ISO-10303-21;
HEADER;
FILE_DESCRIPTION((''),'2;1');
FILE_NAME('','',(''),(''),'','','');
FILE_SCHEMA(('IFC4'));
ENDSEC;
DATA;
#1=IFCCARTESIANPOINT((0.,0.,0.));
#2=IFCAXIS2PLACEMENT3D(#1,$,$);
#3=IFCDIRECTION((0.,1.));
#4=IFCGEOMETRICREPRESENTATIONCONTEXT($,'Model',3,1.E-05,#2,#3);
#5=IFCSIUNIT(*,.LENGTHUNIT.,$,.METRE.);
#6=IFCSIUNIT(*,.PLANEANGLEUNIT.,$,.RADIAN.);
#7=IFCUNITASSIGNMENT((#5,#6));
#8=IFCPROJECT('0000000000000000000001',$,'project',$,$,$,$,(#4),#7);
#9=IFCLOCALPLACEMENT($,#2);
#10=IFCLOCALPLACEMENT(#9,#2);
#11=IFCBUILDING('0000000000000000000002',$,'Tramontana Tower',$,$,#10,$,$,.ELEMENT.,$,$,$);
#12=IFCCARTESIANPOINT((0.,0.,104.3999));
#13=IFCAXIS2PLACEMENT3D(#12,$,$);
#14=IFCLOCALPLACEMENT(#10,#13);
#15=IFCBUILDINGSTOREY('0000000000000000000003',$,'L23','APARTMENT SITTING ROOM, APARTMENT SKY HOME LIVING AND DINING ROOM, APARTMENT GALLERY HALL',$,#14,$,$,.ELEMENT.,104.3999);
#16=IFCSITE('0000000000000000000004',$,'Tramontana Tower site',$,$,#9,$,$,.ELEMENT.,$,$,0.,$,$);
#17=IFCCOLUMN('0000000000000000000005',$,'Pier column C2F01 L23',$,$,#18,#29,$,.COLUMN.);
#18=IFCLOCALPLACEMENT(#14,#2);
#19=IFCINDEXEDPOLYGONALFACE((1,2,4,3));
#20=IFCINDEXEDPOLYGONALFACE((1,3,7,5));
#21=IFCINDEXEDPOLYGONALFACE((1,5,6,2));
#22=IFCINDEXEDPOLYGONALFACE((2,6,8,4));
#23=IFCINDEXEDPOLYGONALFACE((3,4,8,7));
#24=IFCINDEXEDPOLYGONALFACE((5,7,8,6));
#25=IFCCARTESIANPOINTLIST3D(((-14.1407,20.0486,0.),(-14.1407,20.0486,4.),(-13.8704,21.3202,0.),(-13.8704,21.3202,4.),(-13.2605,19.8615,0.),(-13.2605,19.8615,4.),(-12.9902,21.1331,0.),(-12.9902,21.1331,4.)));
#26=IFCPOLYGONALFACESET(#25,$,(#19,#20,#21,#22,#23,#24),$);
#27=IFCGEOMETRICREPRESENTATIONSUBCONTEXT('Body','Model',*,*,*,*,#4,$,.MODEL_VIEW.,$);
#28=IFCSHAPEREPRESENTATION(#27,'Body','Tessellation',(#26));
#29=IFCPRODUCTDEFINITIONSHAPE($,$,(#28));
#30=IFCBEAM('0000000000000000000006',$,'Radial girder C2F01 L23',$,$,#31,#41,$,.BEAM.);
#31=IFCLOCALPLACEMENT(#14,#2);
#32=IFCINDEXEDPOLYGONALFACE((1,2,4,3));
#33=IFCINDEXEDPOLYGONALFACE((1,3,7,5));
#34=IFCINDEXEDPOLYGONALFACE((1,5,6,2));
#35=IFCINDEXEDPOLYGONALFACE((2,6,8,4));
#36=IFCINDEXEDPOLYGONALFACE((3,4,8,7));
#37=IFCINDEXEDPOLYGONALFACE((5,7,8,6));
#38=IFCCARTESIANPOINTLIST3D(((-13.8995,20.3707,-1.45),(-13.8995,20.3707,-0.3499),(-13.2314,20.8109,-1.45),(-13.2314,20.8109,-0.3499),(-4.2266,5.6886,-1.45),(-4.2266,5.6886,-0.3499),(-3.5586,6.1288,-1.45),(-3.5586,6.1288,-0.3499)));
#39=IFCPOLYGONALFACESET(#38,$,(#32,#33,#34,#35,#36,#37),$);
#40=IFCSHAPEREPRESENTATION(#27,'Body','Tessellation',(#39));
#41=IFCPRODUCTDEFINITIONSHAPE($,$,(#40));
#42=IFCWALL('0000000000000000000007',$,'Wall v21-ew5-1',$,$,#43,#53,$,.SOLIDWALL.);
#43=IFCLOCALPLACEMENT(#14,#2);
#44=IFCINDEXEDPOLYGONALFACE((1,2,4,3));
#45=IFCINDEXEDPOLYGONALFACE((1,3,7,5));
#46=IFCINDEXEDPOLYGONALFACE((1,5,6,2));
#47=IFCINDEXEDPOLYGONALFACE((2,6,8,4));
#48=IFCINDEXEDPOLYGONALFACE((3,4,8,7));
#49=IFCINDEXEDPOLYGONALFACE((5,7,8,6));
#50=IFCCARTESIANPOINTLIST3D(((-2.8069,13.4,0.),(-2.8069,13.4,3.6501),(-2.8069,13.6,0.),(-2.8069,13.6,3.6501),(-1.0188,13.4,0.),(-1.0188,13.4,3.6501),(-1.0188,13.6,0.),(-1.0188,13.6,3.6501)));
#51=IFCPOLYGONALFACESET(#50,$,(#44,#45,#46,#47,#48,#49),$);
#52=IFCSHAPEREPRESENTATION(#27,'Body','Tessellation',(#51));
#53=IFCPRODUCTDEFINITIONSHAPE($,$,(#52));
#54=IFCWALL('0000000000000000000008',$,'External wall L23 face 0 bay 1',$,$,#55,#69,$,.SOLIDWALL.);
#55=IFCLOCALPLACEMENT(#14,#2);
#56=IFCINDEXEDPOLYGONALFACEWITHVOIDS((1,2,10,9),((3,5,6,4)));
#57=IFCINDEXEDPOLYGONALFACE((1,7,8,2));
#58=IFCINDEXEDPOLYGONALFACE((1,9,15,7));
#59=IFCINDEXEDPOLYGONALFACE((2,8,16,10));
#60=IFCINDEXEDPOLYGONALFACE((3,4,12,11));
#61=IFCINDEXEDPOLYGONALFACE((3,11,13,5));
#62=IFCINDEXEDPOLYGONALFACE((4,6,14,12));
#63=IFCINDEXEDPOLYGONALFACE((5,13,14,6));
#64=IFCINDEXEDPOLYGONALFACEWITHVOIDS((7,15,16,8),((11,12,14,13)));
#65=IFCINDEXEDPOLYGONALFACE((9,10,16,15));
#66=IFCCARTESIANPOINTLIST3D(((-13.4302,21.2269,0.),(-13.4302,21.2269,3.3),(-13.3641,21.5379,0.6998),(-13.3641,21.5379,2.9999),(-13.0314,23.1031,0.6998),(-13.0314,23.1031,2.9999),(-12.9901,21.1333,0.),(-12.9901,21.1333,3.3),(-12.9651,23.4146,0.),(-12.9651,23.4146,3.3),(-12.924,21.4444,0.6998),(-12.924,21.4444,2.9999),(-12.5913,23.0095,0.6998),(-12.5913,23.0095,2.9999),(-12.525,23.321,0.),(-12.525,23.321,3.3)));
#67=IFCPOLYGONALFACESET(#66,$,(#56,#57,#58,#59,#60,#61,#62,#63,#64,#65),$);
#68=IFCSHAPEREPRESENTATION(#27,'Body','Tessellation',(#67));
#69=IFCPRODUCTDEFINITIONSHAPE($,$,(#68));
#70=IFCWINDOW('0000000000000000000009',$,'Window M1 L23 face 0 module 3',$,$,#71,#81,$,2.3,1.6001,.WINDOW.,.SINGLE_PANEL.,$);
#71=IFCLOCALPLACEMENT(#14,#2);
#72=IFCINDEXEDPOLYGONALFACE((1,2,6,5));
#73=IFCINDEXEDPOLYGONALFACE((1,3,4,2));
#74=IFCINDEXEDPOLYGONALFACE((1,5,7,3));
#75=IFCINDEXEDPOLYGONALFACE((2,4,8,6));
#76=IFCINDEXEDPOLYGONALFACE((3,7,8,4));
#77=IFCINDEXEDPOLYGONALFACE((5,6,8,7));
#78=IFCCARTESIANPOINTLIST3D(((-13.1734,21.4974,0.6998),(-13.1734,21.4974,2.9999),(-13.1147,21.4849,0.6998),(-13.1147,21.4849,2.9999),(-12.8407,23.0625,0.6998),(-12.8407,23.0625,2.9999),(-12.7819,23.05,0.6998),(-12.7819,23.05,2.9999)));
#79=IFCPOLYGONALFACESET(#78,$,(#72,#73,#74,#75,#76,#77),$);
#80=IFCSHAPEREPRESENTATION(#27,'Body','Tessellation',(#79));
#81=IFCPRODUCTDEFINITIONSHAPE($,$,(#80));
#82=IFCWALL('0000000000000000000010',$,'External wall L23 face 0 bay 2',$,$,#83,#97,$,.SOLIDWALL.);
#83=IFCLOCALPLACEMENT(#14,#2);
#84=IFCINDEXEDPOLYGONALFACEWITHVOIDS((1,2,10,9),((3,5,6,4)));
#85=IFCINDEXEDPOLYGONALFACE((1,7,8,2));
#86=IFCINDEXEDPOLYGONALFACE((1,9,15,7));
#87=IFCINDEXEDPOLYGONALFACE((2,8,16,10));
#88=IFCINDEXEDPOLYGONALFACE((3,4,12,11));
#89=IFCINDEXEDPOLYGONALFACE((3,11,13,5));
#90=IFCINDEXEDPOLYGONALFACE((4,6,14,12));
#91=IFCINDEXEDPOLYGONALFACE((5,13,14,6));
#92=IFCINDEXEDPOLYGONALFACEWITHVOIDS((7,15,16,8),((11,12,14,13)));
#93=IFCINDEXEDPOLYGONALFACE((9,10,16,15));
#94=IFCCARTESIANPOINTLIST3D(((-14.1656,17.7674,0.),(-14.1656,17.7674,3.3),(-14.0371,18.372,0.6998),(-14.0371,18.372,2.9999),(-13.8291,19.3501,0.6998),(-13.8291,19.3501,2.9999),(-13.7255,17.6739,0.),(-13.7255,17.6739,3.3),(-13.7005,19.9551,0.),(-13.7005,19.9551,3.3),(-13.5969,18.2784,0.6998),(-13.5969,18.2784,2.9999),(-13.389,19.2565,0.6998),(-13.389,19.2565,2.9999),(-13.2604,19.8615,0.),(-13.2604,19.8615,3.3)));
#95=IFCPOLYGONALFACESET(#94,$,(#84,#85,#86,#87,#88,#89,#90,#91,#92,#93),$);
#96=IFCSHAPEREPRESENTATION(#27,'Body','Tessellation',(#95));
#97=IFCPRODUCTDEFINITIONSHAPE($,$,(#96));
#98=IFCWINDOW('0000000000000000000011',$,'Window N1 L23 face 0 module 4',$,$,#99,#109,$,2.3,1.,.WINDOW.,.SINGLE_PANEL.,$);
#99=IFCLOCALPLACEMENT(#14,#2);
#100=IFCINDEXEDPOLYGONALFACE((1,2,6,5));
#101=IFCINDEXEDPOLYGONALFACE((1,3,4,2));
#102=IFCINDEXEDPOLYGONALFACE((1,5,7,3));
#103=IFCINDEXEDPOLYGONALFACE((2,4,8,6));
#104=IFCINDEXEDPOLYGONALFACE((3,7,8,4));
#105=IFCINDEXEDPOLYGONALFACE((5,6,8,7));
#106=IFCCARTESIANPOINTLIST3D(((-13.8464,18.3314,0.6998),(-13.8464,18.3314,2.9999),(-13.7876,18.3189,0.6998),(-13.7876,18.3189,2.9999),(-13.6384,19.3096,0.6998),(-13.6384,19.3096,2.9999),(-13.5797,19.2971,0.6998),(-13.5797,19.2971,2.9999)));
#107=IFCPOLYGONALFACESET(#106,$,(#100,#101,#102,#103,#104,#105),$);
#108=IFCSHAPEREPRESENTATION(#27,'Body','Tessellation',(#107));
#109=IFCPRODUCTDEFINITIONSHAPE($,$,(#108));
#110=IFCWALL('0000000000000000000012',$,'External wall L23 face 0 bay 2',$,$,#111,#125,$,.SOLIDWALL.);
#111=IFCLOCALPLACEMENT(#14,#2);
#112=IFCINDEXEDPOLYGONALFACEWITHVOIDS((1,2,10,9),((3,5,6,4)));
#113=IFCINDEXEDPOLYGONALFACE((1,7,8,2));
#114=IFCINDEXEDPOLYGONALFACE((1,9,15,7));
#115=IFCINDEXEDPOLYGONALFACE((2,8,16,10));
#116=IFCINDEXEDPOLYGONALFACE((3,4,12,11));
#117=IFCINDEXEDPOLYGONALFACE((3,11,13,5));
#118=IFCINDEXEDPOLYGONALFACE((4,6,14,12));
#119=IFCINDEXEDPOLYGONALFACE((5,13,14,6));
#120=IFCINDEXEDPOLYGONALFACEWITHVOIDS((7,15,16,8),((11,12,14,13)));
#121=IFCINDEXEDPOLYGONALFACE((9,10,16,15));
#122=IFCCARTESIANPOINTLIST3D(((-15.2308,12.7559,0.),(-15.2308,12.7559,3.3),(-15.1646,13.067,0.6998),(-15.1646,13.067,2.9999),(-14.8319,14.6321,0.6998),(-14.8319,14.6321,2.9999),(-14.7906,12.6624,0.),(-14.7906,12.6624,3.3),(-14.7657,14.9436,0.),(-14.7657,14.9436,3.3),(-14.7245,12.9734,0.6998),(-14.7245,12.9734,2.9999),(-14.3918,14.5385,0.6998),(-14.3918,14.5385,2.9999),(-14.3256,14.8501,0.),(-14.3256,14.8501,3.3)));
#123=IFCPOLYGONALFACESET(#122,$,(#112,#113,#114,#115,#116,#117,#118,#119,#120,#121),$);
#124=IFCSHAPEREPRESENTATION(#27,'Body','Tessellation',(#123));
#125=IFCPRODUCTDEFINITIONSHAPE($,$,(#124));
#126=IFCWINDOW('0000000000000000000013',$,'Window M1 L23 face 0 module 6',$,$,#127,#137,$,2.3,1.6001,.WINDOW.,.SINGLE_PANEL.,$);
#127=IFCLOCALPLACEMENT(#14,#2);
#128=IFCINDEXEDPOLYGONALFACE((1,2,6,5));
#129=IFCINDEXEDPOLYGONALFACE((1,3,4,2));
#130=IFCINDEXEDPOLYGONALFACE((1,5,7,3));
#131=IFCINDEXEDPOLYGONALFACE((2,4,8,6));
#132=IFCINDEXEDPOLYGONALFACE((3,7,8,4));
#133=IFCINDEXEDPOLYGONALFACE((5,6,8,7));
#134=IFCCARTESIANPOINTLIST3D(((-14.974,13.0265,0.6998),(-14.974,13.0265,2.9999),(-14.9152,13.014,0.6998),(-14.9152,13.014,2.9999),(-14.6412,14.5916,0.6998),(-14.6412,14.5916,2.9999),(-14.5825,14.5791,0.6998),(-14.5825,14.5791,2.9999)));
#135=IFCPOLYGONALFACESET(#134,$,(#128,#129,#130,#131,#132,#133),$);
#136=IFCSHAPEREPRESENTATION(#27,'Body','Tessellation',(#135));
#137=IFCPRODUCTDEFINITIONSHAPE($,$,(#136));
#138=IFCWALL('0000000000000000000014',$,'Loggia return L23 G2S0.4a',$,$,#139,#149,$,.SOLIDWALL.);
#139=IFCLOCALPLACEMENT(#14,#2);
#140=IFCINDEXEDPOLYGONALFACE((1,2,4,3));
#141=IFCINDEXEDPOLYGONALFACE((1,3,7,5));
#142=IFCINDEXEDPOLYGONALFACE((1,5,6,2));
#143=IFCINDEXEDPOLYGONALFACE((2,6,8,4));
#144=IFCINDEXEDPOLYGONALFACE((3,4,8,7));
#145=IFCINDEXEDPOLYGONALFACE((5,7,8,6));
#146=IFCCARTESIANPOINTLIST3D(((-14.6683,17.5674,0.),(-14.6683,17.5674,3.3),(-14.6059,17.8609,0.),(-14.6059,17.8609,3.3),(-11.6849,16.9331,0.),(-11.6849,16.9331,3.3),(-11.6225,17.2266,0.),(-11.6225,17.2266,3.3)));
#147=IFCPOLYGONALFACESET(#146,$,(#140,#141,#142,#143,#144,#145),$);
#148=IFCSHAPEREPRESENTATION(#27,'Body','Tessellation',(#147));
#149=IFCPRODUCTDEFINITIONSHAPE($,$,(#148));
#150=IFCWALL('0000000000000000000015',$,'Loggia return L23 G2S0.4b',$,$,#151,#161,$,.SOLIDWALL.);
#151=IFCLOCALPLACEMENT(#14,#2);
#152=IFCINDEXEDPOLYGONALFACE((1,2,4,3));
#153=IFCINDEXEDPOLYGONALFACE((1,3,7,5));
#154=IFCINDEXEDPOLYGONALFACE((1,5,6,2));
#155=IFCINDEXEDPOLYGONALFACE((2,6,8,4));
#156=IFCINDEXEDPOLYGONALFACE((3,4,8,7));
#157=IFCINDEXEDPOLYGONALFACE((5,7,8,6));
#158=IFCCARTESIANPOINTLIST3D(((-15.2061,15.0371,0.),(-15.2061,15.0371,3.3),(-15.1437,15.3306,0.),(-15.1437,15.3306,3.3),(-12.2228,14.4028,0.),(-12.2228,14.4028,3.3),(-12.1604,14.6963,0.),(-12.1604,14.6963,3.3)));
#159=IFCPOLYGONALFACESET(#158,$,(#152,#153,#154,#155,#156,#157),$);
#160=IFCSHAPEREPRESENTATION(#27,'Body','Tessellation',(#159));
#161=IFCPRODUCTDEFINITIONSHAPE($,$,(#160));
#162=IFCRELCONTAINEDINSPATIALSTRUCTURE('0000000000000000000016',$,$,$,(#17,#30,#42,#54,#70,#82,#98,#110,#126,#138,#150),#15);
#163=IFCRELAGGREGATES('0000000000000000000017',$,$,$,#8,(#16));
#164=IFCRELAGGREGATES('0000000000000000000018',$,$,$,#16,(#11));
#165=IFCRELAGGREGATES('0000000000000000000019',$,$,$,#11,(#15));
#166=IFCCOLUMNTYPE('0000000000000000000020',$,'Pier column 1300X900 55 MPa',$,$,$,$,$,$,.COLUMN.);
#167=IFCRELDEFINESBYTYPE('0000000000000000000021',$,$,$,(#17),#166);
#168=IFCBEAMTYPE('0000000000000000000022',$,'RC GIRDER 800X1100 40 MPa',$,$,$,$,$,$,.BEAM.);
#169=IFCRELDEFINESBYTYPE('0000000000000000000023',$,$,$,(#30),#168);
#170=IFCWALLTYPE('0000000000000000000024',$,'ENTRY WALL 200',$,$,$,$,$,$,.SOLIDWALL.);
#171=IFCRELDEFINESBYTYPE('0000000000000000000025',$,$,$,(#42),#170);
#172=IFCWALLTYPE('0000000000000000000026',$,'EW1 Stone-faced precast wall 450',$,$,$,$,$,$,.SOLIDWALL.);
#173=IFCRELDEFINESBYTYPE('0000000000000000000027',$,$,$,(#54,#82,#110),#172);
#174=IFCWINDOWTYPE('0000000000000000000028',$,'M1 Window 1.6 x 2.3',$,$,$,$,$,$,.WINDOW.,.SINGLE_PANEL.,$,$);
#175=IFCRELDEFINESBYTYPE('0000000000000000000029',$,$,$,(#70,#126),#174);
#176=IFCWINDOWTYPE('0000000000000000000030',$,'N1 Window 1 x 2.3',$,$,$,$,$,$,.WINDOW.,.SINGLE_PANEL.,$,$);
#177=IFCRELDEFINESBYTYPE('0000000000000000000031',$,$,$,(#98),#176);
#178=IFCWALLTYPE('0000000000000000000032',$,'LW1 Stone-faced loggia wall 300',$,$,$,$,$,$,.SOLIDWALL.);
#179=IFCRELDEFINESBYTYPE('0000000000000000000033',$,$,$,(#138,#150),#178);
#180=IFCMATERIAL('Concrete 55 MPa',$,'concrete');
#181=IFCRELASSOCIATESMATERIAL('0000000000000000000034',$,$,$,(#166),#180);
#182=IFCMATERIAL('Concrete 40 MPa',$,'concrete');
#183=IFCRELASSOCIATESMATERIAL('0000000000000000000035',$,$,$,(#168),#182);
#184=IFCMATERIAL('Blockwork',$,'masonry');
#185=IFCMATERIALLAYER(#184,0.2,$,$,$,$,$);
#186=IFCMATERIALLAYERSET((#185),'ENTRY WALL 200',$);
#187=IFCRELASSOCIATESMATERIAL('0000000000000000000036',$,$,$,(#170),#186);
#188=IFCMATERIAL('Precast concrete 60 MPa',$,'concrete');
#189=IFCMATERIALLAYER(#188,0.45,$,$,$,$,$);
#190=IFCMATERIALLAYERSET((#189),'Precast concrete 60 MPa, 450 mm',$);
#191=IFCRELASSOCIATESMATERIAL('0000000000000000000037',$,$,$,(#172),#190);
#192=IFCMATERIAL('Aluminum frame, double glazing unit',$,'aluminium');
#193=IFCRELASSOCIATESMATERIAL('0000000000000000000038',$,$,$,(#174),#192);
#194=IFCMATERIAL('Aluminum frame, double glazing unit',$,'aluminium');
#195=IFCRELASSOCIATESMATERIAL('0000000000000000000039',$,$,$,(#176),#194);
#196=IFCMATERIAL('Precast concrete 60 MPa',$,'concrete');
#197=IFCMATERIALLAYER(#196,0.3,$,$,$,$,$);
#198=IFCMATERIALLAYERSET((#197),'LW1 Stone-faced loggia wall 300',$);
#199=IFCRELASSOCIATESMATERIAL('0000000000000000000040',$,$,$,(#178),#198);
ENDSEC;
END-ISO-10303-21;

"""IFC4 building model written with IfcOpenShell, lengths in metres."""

from ifc_helpers import new_model, si_unit, direction, frame, frame_2d, origin, origin_2d, place, context, subcontext, project, spatial, rectangle, extrude, material, layer, layer_set, material_profile, profile_set, type_object, element, fill, save


model = new_model("IFC4")

# Units and contexts
model_context = context("Model", 3, precision=1e-05, world=origin(), true_north=direction((0.0, 1.0)))
body_context = subcontext(model_context, "Body", "Model", "MODEL_VIEW")
ifc_project = project(units=[si_unit("LENGTHUNIT", "METRE"), si_unit("PLANEANGLEUNIT", "RADIAN")], contexts=[model_context])

# Site, building, storey
site_placement = place(None, origin())
site = spatial("IfcSite", under=ifc_project, at=site_placement, Name="Tramontana Tower site", CompositionType="ELEMENT", RefElevation=0.0)
building_placement = place(site_placement, origin())
building = spatial("IfcBuilding", under=site, at=building_placement, Name="Tramontana Tower", CompositionType="ELEMENT")
storey_placement = place(building_placement, frame((0.0, 0.0, 104.3999)))
storey = spatial("IfcBuildingStorey", under=building, at=storey_placement, Name="L23", Description="APARTMENT SITTING ROOM, APARTMENT SKY HOME LIVING AND DINING ROOM, APARTMENT GALLERY HALL", CompositionType="ELEMENT", Elevation=104.3999)

# Column
ifc_material_1 = material(Name="Concrete 55 MPa", Category="concrete")
ifc_material_profile_1 = material_profile(ifc_material_1, rectangle(XDim=1.3, YDim=0.8999, at=origin_2d()), Name="Pier column 1300X900 55 MPa")
ifc_profile_set_1 = profile_set([ifc_material_profile_1], Name="Concrete 55 MPa")
column_type = type_object("IfcColumnType", Name="Pier column 1300X900 55 MPa", PredefinedType="COLUMN", material=ifc_profile_set_1)
column_placement = place(storey_placement, frame((-13.5654, 20.5908, 0.0), z_axis=(0.0, 0.0, 1.0), x_axis=(-0.207912, -0.978148, 0.0)))
element("IfcColumn", 1, at=column_placement, inside=storey, type_object=column_type, Name="Pier column C2F01 L23", PredefinedType="COLUMN", context=body_context, shape_type="SweptSolid", body=[
    extrude(rectangle(XDim=1.3, YDim=0.8999, at=origin_2d()), origin(), (0.0, 0.0, 1.0), 4.0),
])

# Beam
ifc_material_2 = material(Name="Concrete 40 MPa", Category="concrete")
ifc_material_profile_2 = material_profile(ifc_material_2, rectangle(XDim=0.8, YDim=1.1001, at=origin_2d()), Name="RC GIRDER 800X1100 40 MPa")
ifc_profile_set_2 = profile_set([ifc_material_profile_2], Name="Concrete 40 MPa")
beam_type = type_object("IfcBeamType", Name="RC GIRDER 800X1100 40 MPa", PredefinedType="BEAM", material=ifc_profile_set_2)
beam_placement = place(storey_placement, frame((-13.5654, 20.5908, -0.8999), z_axis=(0.550155, -0.835063, 0.0), x_axis=(0.835063, 0.550155, 0.0)))
element("IfcBeam", 2, at=beam_placement, inside=storey, type_object=beam_type, Name="Radial girder C2F01 L23", PredefinedType="BEAM", context=body_context, shape_type="SweptSolid", body=[
    extrude(rectangle(XDim=0.8, YDim=1.1001, at=origin_2d()), origin(), (0.0, 0.0, 1.0), 17.582),
])

# Wall
ifc_material_3 = material(Name="Blockwork", Category="masonry")
ifc_layer_1 = layer(ifc_material_3, 0.2)
ifc_layer_set_1 = layer_set([ifc_layer_1], Name="ENTRY WALL 200")
wall_type_1 = type_object("IfcWallType", Name="ENTRY WALL 200", PredefinedType="SOLIDWALL", material=ifc_layer_set_1)
wall_1_placement = place(storey_placement, frame((-2.8069, 13.5, 0.0), z_axis=(0.0, 0.0, 1.0), x_axis=(1.0, 0.0, 0.0)))
element("IfcWall", 3, at=wall_1_placement, inside=storey, type_object=wall_type_1, Name="Wall v21-ew5-1", PredefinedType="SOLIDWALL", context=body_context, shape_type="SweptSolid", body=[
    extrude(rectangle(XDim=1.7881, YDim=0.2, at=frame_2d((0.894, 0.0))), origin(), (0.0, 0.0, 1.0), 3.6501),
])

# Walls, openings, windows
ifc_material_4 = material(Name="Precast concrete 60 MPa", Category="concrete")
ifc_layer_2 = layer(ifc_material_4, 0.45)
ifc_layer_set_2 = layer_set([ifc_layer_2], Name="Precast concrete 60 MPa, 450 mm")
wall_type_2 = type_object("IfcWallType", Name="EW1 Stone-faced precast wall 450", PredefinedType="SOLIDWALL", material=ifc_layer_set_2)
wall_2_placement = place(storey_placement, frame((-12.7451, 23.3677, 0.0), z_axis=(0.0, 0.0, 1.0), x_axis=(-0.207941, -0.978141, 0.0)))
wall_2 = element("IfcWall", 4, at=wall_2_placement, inside=storey, type_object=wall_type_2, Name="External wall L23 face 0 bay 1", PredefinedType="SOLIDWALL", context=body_context, shape_type="SweptSolid", body=[
    extrude(rectangle(XDim=2.2366, YDim=0.45, at=frame_2d((1.1182, 0.0))), origin(), (0.0, 0.0, 1.0), 3.3),
])
opening_1_placement = place(wall_2_placement, frame((0.3184, 0.0, 0.7)))
opening_1 = element("IfcOpeningElement", 5, at=opening_1_placement, cuts=wall_2, PredefinedType="OPENING", context=body_context, shape_type="SweptSolid", body=[
    extrude(rectangle(XDim=1.6001, YDim=2.3, at=frame_2d((0.8, 1.1499))), frame((0.0, 0.2349, 0.0), z_axis=(0.0, -1.0, 0.0), x_axis=(1.0, 0.0, 0.0)), (0.0, 0.0, 1.0), 0.47),
])
ifc_material_5 = material(Name="Aluminum frame, double glazing unit", Category="aluminium")
window_type_1 = type_object("IfcWindowType", Name="M1 Window 1.6 x 2.3", PartitioningType="SINGLE_PANEL", PredefinedType="WINDOW", material=ifc_material_5)
window_1_placement = place(opening_1_placement, origin())
window_1 = element("IfcWindow", 6, at=window_1_placement, inside=storey, type_object=window_type_1, Name="Window M1 L23 face 0 module 3", OverallHeight=2.3, OverallWidth=1.6001, PartitioningType="SINGLE_PANEL", PredefinedType="WINDOW", context=body_context, shape_type="SweptSolid", body=[
    extrude(rectangle(XDim=1.6001, YDim=2.3, at=frame_2d((0.8, 1.1499))), frame((0.0, 0.03, 0.0), z_axis=(0.0, -1.0, 0.0), x_axis=(1.0, 0.0, 0.0)), (0.0, 0.0, 1.0), 0.0601),
])
fill(opening_1, window_1)
wall_3_placement = place(storey_placement, frame((-13.4805, 19.9082, 0.0), z_axis=(0.0, 0.0, 1.0), x_axis=(-0.207941, -0.978141, 0.0)))
wall_3 = element("IfcWall", 7, at=wall_3_placement, inside=storey, type_object=wall_type_2, Name="External wall L23 face 0 bay 2", PredefinedType="SOLIDWALL", context=body_context, shape_type="SweptSolid", body=[
    extrude(rectangle(XDim=2.2366, YDim=0.45, at=frame_2d((1.1182, 0.0))), origin(), (0.0, 0.0, 1.0), 3.3),
])
opening_2_placement = place(wall_3_placement, frame((0.6184, 0.0, 0.7)))
opening_2 = element("IfcOpeningElement", 8, at=opening_2_placement, cuts=wall_3, PredefinedType="OPENING", context=body_context, shape_type="SweptSolid", body=[
    extrude(rectangle(XDim=1.0, YDim=2.3, at=frame_2d((0.5, 1.1499))), frame((0.0, 0.2349, 0.0), z_axis=(0.0, -1.0, 0.0), x_axis=(1.0, 0.0, 0.0)), (0.0, 0.0, 1.0), 0.47),
])
ifc_material_6 = material(Name="Aluminum frame, double glazing unit", Category="aluminium")
window_type_2 = type_object("IfcWindowType", Name="N1 Window 1 x 2.3", PartitioningType="SINGLE_PANEL", PredefinedType="WINDOW", material=ifc_material_6)
window_2_placement = place(opening_2_placement, origin())
window_2 = element("IfcWindow", 9, at=window_2_placement, inside=storey, type_object=window_type_2, Name="Window N1 L23 face 0 module 4", OverallHeight=2.3, OverallWidth=1.0, PartitioningType="SINGLE_PANEL", PredefinedType="WINDOW", context=body_context, shape_type="SweptSolid", body=[
    extrude(rectangle(XDim=1.0, YDim=2.3, at=frame_2d((0.5, 1.1499))), frame((0.0, 0.03, 0.0), z_axis=(0.0, -1.0, 0.0), x_axis=(1.0, 0.0, 0.0)), (0.0, 0.0, 1.0), 0.0601),
])
fill(opening_2, window_2)
wall_4_placement = place(storey_placement, frame((-14.5457, 14.8967, 0.0), z_axis=(0.0, 0.0, 1.0), x_axis=(-0.207941, -0.978141, 0.0)))
wall_4 = element("IfcWall", 10, at=wall_4_placement, inside=storey, type_object=wall_type_2, Name="External wall L23 face 0 bay 2", PredefinedType="SOLIDWALL", context=body_context, shape_type="SweptSolid", body=[
    extrude(rectangle(XDim=2.2366, YDim=0.45, at=frame_2d((1.1182, 0.0))), origin(), (0.0, 0.0, 1.0), 3.3),
])
opening_3_placement = place(wall_4_placement, frame((0.3184, 0.0, 0.7)))
opening_3 = element("IfcOpeningElement", 11, at=opening_3_placement, cuts=wall_4, PredefinedType="OPENING", context=body_context, shape_type="SweptSolid", body=[
    extrude(rectangle(XDim=1.6001, YDim=2.3, at=frame_2d((0.8, 1.1499))), frame((0.0, 0.2349, 0.0), z_axis=(0.0, -1.0, 0.0), x_axis=(1.0, 0.0, 0.0)), (0.0, 0.0, 1.0), 0.47),
])
window_3_placement = place(opening_3_placement, origin())
window_3 = element("IfcWindow", 12, at=window_3_placement, inside=storey, type_object=window_type_1, Name="Window M1 L23 face 0 module 6", OverallHeight=2.3, OverallWidth=1.6001, PartitioningType="SINGLE_PANEL", PredefinedType="WINDOW", context=body_context, shape_type="SweptSolid", body=[
    extrude(rectangle(XDim=1.6001, YDim=2.3, at=frame_2d((0.8, 1.1499))), frame((0.0, 0.03, 0.0), z_axis=(0.0, -1.0, 0.0), x_axis=(1.0, 0.0, 0.0)), (0.0, 0.0, 1.0), 0.0601),
])
fill(opening_3, window_3)

# Shared definitions
ifc_material_7 = material(Name="Precast concrete 60 MPa", Category="concrete")
ifc_layer_3 = layer(ifc_material_7, 0.3)
ifc_layer_set_3 = layer_set([ifc_layer_3], Name="LW1 Stone-faced loggia wall 300")
wall_type_3 = type_object("IfcWallType", Name="LW1 Stone-faced loggia wall 300", PredefinedType="SOLIDWALL", material=ifc_layer_set_3)

# Walls
for number, where, z_axis, x_axis, name in (
    (13, (-14.637, 17.7141, 0.0), (0.0, 0.0, 1.0), (0.978139, -0.207954, 0.0), "Loggia return L23 G2S0.4a"),
    (14, (-15.1748, 15.1838, 0.0), (0.0, 0.0, 1.0), (0.978139, -0.207954, 0.0), "Loggia return L23 G2S0.4b"),
):
    element("IfcWall", number, at=place(storey_placement, frame(where, z_axis=z_axis, x_axis=x_axis)), inside=storey, type_object=wall_type_3, Name=name, PredefinedType="SOLIDWALL", context=body_context, shape_type="SweptSolid", body=[
        extrude(rectangle(XDim=3.05, YDim=0.3, at=frame_2d((1.5249, 0.0))), origin(), (0.0, 0.0, 1.0), 3.3),
    ])

save(model, "model.ifc")
